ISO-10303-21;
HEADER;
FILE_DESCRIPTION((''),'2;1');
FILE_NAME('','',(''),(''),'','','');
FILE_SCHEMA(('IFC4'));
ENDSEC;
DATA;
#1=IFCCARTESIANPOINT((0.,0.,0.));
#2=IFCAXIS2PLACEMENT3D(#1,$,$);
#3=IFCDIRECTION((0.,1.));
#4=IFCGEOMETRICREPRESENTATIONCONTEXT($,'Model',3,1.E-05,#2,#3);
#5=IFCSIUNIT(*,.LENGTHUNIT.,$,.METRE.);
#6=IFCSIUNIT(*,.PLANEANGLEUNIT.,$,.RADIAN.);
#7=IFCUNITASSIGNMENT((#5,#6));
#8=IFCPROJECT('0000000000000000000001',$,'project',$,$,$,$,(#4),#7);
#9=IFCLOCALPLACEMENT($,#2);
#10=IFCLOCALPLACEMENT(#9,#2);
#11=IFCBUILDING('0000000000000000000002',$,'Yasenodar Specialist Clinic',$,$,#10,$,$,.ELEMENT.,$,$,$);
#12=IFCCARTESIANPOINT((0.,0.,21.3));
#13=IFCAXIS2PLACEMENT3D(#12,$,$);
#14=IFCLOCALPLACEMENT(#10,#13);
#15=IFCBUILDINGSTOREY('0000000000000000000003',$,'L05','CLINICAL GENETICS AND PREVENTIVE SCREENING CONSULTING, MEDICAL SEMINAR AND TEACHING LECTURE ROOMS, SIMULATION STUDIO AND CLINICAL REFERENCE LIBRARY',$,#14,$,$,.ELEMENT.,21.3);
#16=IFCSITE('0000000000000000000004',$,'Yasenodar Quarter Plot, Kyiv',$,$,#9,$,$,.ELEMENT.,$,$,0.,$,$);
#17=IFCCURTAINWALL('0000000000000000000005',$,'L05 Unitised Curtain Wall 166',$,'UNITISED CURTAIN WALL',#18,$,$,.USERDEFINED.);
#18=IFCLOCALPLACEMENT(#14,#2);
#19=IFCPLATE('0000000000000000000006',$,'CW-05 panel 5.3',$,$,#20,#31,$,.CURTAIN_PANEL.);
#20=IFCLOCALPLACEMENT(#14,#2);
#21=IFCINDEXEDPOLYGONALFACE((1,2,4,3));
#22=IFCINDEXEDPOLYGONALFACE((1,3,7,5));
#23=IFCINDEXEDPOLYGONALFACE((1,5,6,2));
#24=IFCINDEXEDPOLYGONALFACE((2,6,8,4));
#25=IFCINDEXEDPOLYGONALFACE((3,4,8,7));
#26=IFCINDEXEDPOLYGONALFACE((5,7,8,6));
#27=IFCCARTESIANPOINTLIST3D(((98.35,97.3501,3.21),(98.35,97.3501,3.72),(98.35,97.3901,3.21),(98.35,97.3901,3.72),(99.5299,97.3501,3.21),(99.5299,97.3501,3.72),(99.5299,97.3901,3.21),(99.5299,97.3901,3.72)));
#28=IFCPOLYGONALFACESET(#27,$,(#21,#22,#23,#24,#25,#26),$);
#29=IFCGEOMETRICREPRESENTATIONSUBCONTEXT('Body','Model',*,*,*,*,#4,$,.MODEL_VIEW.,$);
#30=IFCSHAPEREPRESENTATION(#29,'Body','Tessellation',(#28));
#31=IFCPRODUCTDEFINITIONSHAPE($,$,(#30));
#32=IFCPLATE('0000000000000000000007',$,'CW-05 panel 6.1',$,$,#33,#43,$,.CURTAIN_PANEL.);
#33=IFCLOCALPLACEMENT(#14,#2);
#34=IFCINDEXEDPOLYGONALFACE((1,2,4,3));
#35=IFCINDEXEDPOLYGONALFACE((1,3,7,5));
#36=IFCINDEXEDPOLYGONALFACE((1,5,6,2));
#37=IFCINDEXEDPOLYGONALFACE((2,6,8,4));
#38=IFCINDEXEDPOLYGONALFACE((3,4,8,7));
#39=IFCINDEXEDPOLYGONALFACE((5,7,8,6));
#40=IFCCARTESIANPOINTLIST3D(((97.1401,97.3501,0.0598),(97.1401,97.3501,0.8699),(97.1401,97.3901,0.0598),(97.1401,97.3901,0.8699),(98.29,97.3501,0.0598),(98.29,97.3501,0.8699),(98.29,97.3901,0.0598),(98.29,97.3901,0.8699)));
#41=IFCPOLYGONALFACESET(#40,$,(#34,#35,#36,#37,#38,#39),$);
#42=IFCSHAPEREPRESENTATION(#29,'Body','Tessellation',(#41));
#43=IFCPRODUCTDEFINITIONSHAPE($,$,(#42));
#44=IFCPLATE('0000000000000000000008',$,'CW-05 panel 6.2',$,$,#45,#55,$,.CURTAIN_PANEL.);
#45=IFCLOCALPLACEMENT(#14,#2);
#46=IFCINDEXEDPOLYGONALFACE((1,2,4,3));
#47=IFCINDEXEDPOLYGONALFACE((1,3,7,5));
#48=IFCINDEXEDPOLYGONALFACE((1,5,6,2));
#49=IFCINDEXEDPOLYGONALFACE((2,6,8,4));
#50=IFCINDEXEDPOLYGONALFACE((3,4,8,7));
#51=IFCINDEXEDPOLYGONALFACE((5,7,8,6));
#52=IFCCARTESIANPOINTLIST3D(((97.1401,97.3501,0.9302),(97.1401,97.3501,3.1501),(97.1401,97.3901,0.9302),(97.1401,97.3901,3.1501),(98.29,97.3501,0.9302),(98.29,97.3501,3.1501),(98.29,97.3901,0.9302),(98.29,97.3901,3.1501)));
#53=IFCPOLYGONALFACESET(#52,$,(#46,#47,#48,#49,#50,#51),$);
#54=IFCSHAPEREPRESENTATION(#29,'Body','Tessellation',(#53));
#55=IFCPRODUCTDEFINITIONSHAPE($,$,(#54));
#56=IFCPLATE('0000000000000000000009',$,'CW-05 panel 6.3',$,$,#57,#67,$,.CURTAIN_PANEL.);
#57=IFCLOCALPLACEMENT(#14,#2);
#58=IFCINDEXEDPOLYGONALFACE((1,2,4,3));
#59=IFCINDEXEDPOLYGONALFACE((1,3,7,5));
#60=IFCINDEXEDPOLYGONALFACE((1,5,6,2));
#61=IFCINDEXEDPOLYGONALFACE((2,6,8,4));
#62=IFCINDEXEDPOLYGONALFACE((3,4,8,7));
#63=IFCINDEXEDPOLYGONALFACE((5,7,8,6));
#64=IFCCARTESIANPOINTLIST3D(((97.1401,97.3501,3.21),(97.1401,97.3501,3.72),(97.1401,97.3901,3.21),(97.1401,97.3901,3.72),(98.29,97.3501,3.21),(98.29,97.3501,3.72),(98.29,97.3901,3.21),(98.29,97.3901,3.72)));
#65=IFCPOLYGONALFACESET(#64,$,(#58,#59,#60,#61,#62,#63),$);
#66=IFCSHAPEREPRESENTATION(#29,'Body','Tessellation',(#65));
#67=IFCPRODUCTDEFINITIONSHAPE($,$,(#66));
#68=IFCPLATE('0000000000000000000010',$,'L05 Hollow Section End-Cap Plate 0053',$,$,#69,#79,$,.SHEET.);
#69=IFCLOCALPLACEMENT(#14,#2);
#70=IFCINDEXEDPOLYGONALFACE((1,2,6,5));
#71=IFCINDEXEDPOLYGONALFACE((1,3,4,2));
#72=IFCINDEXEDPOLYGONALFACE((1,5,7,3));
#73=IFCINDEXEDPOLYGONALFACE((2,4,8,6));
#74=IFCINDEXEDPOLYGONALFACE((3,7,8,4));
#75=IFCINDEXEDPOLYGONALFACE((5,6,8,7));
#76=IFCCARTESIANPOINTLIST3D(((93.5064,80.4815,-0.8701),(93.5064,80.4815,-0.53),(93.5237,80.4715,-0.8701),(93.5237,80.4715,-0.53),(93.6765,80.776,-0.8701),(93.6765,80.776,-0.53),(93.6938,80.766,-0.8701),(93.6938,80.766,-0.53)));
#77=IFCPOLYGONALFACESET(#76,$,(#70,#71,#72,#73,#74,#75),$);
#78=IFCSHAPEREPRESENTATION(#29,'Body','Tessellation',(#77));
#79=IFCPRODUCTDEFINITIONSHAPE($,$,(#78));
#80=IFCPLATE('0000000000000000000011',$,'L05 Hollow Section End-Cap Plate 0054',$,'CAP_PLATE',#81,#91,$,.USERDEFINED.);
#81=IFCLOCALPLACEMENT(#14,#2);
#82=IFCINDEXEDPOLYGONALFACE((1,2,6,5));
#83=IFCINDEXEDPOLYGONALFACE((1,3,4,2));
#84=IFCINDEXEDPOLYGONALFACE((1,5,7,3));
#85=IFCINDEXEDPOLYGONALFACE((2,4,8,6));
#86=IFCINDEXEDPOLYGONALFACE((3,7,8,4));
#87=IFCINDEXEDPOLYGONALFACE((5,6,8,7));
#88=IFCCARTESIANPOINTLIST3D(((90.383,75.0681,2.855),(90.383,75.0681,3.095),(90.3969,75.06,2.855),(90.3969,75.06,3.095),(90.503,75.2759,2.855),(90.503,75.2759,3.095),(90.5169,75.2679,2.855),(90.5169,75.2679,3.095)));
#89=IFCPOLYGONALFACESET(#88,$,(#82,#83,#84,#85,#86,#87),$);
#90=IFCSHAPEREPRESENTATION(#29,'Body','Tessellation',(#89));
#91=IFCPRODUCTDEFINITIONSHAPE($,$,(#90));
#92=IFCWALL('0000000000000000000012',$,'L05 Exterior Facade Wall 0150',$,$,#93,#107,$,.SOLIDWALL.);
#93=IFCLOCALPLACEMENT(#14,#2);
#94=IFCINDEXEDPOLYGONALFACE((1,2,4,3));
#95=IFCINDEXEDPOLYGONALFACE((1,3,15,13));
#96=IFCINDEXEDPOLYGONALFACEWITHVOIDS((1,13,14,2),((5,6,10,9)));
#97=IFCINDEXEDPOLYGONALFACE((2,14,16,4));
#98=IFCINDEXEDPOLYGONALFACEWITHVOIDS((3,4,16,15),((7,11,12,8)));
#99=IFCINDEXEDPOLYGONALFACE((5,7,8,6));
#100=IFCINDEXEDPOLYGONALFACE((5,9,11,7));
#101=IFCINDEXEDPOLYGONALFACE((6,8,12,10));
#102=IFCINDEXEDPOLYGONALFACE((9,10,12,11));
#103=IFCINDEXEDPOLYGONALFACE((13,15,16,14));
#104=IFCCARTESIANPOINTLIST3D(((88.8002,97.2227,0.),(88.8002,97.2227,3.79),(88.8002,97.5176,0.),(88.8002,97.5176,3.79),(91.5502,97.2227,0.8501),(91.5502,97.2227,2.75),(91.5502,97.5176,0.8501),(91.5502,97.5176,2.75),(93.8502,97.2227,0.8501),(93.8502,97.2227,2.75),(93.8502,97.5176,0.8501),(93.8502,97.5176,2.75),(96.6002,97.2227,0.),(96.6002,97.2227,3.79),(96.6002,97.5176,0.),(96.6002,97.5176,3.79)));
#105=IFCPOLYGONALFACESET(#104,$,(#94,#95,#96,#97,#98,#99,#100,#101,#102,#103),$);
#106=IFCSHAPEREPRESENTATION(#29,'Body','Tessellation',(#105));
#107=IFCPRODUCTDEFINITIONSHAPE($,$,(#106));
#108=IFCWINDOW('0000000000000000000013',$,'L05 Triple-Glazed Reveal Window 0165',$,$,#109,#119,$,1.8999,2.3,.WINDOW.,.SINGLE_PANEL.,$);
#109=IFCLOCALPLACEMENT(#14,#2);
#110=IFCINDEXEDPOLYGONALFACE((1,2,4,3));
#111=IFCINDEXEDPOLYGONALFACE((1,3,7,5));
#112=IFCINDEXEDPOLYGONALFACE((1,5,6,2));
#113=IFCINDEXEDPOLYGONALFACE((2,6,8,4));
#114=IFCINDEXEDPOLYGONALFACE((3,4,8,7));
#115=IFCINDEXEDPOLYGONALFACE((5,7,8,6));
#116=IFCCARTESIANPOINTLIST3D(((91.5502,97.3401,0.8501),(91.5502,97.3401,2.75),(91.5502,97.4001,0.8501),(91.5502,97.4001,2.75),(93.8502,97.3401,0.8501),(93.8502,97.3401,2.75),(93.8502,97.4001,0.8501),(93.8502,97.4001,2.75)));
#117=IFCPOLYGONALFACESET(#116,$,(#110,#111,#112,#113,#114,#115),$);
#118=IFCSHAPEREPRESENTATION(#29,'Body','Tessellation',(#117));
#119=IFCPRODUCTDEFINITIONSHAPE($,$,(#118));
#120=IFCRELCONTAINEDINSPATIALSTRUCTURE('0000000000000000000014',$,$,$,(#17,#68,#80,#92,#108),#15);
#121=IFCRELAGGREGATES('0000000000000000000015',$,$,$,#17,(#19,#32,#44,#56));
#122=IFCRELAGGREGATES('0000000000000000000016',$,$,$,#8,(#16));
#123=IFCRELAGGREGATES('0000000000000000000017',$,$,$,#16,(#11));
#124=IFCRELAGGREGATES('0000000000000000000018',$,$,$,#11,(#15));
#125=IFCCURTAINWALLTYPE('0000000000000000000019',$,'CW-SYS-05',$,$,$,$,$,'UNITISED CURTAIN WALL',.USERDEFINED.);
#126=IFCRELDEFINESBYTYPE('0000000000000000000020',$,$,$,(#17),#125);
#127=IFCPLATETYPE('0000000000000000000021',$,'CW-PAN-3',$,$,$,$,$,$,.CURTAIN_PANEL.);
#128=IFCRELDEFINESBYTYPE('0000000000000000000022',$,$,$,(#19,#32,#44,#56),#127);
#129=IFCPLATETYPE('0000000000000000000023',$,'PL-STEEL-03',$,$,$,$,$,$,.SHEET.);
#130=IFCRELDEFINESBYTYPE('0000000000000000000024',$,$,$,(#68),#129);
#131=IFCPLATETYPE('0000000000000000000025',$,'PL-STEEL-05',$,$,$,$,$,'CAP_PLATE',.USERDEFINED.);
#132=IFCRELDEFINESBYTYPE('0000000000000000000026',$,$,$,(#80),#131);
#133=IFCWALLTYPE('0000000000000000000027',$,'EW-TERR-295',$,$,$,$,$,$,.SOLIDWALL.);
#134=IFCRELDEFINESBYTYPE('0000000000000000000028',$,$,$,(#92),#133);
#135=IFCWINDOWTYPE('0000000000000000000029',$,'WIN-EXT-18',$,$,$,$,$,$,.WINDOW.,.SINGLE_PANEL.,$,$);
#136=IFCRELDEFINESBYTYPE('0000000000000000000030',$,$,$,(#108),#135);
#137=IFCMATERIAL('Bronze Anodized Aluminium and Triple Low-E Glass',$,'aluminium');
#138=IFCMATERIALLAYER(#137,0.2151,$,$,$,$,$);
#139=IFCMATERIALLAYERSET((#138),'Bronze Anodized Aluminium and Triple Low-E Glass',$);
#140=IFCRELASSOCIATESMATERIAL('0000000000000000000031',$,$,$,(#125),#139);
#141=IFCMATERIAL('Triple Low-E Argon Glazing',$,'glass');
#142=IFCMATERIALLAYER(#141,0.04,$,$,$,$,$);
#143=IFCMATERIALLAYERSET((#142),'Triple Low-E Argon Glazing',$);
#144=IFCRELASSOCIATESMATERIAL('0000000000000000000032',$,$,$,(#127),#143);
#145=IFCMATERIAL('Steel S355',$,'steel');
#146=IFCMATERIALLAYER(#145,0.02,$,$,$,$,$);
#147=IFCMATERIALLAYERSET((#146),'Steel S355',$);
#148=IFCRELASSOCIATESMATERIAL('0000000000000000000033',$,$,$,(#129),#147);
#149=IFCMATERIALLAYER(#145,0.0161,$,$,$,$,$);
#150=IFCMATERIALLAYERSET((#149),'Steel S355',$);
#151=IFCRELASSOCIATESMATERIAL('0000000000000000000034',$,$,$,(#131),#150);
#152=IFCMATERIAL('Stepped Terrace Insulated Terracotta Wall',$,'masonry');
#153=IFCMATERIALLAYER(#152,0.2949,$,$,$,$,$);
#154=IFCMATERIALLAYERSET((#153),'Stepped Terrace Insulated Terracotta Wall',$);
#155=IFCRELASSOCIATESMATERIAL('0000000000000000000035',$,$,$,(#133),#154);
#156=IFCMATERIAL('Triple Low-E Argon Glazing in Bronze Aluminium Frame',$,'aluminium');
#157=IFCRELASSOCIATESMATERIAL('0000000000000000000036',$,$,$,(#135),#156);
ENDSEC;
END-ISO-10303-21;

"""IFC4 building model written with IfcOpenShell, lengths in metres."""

from ifc_helpers import new_model, si_unit, direction, frame, frame_2d, origin, origin_2d, place, context, subcontext, project, spatial, rectangle, extrude, material, layer, layer_set, type_object, element, fill, aggregate, save


model = new_model("IFC4")

# Units and contexts
model_context = context("Model", 3, precision=1e-05, world=origin(), true_north=direction((0.0, 1.0)))
body_context = subcontext(model_context, "Body", "Model", "MODEL_VIEW")
ifc_project = project(units=[si_unit("LENGTHUNIT", "METRE"), si_unit("PLANEANGLEUNIT", "RADIAN")], contexts=[model_context])

# Site, building, storey
site_placement = place(None, origin())
site = spatial("IfcSite", under=ifc_project, at=site_placement, Name="Yasenodar Quarter Plot, Kyiv", CompositionType="ELEMENT", RefElevation=0.0)
building_placement = place(site_placement, origin())
building = spatial("IfcBuilding", under=site, at=building_placement, Name="Yasenodar Specialist Clinic", CompositionType="ELEMENT")
storey_placement = place(building_placement, frame((0.0, 0.0, 21.3)))
storey = spatial("IfcBuildingStorey", under=building, at=storey_placement, Name="L05", Description="CLINICAL GENETICS AND PREVENTIVE SCREENING CONSULTING, MEDICAL SEMINAR AND TEACHING LECTURE ROOMS, SIMULATION STUDIO AND CLINICAL REFERENCE LIBRARY", CompositionType="ELEMENT", Elevation=21.3)

# Curtain wall
ifc_material_1 = material(Name="Bronze Anodized Aluminium and Triple Low-E Glass", Category="aluminium")
ifc_layer_1 = layer(ifc_material_1, 0.2151)
ifc_layer_set_1 = layer_set([ifc_layer_1], Name="Bronze Anodized Aluminium and Triple Low-E Glass")
curtain_wall_type = type_object("IfcCurtainWallType", Name="CW-SYS-05", ElementType="UNITISED CURTAIN WALL", PredefinedType="USERDEFINED", material=ifc_layer_set_1)
curtain_wall_placement = place(storey_placement, origin())
curtain_wall = element("IfcCurtainWall", 1, at=curtain_wall_placement, inside=storey, type_object=curtain_wall_type, Name="L05 Unitised Curtain Wall 166", ObjectType="UNITISED CURTAIN WALL", PredefinedType="USERDEFINED")

# Shared definitions
ifc_material_2 = material(Name="Steel S355", Category="steel")

# Plates
ifc_material_3 = material(Name="Triple Low-E Argon Glazing", Category="glass")
ifc_layer_2 = layer(ifc_material_3, 0.04)
ifc_layer_set_2 = layer_set([ifc_layer_2], Name="Triple Low-E Argon Glazing")
plate_type_1 = type_object("IfcPlateType", Name="CW-PAN-3", PredefinedType="CURTAIN_PANEL", material=ifc_layer_set_2)
plate_1_placement = place(storey_placement, frame((98.9399, 97.3701, 3.21), z_axis=(0.0, 0.0, 1.0), x_axis=(-1.0, 0.0, 0.0)))
plate_1 = element("IfcPlate", 2, at=plate_1_placement, type_object=plate_type_1, Name="CW-05 panel 5.3", PredefinedType="CURTAIN_PANEL", context=body_context, shape_type="SweptSolid", body=[
    extrude(rectangle(XDim=1.1799, YDim=0.04, at=origin_2d()), origin(), (0.0, 0.0, 1.0), 0.51),
])
plate_2_placement = place(storey_placement, frame((97.7151, 97.3701, 0.0598), z_axis=(0.0, 0.0, 1.0), x_axis=(-1.0, 0.0, 0.0)))
plate_2 = element("IfcPlate", 3, at=plate_2_placement, type_object=plate_type_1, Name="CW-05 panel 6.1", PredefinedType="CURTAIN_PANEL", context=body_context, shape_type="SweptSolid", body=[
    extrude(rectangle(XDim=1.1499, YDim=0.04, at=origin_2d()), origin(), (0.0, 0.0, 1.0), 0.8101),
])
plate_3_placement = place(storey_placement, frame((97.7151, 97.3701, 0.9302), z_axis=(0.0, 0.0, 1.0), x_axis=(-1.0, 0.0, 0.0)))
plate_3 = element("IfcPlate", 4, at=plate_3_placement, type_object=plate_type_1, Name="CW-05 panel 6.2", PredefinedType="CURTAIN_PANEL", context=body_context, shape_type="SweptSolid", body=[
    extrude(rectangle(XDim=1.1499, YDim=0.04, at=origin_2d()), origin(), (0.0, 0.0, 1.0), 2.22),
])
plate_4_placement = place(storey_placement, frame((97.7151, 97.3701, 3.21), z_axis=(0.0, 0.0, 1.0), x_axis=(-1.0, 0.0, 0.0)))
plate_4 = element("IfcPlate", 5, at=plate_4_placement, type_object=plate_type_1, Name="CW-05 panel 6.3", PredefinedType="CURTAIN_PANEL", context=body_context, shape_type="SweptSolid", body=[
    extrude(rectangle(XDim=1.1499, YDim=0.04, at=origin_2d()), origin(), (0.0, 0.0, 1.0), 0.51),
])
aggregate(curtain_wall, [plate_1, plate_2, plate_3, plate_4])

# Plates
ifc_layer_3 = layer(ifc_material_2, 0.02)
ifc_layer_set_3 = layer_set([ifc_layer_3], Name="Steel S355")
plate_type_2 = type_object("IfcPlateType", Name="PL-STEEL-03", PredefinedType="SHEET", material=ifc_layer_set_3)
plate_5_placement = place(storey_placement, frame((93.6001, 80.6238, -0.8701), z_axis=(0.0, 0.0, 1.0), x_axis=(0.5, 0.866025, 0.0)))
element("IfcPlate", 6, at=plate_5_placement, inside=storey, type_object=plate_type_2, Name="L05 Hollow Section End-Cap Plate 0053", PredefinedType="SHEET", context=body_context, shape_type="SweptSolid", body=[
    extrude(rectangle(XDim=0.3401, YDim=0.02, at=origin_2d()), origin(), (0.0, 0.0, 1.0), 0.3401),
])
ifc_layer_4 = layer(ifc_material_2, 0.0161)
ifc_layer_set_4 = layer_set([ifc_layer_4], Name="Steel S355")
plate_type_3 = type_object("IfcPlateType", Name="PL-STEEL-05", ElementType="CAP_PLATE", PredefinedType="USERDEFINED", material=ifc_layer_set_4)
plate_6_placement = place(storey_placement, frame((90.45, 75.168, 2.855), z_axis=(0.0, 0.0, 1.0), x_axis=(0.5, 0.866025, 0.0)))
element("IfcPlate", 7, at=plate_6_placement, inside=storey, type_object=plate_type_3, Name="L05 Hollow Section End-Cap Plate 0054", ObjectType="CAP_PLATE", PredefinedType="USERDEFINED", context=body_context, shape_type="SweptSolid", body=[
    extrude(rectangle(XDim=0.24, YDim=0.0161, at=origin_2d()), origin(), (0.0, 0.0, 1.0), 0.24),
])

# Wall, opening, window
ifc_material_4 = material(Name="Stepped Terrace Insulated Terracotta Wall", Category="masonry")
ifc_layer_5 = layer(ifc_material_4, 0.2949)
ifc_layer_set_5 = layer_set([ifc_layer_5], Name="Stepped Terrace Insulated Terracotta Wall")
wall_type = type_object("IfcWallType", Name="EW-TERR-295", PredefinedType="SOLIDWALL", material=ifc_layer_set_5)
wall_placement = place(storey_placement, frame((96.6001, 97.3701, 0.0), z_axis=(0.0, 0.0, 1.0), x_axis=(-1.0, 0.0, 0.0)))
wall = element("IfcWall", 8, at=wall_placement, inside=storey, type_object=wall_type, Name="L05 Exterior Facade Wall 0150", PredefinedType="SOLIDWALL", context=body_context, shape_type="SweptSolid", body=[
    extrude(rectangle(XDim=7.8, YDim=0.2949, at=frame_2d((3.8999, 0.0))), origin(), (0.0, 0.0, 1.0), 3.79),
])
opening_placement = place(wall_placement, frame((2.75, 0.0, 0.8501)))
opening = element("IfcOpeningElement", 9, at=opening_placement, cuts=wall, PredefinedType="OPENING", context=body_context, shape_type="SweptSolid", body=[
    extrude(rectangle(XDim=2.3, YDim=1.8999, at=frame_2d((1.1499, 0.95))), frame((0.0, 0.1575, 0.0), z_axis=(0.0, -1.0, 0.0), x_axis=(1.0, 0.0, 0.0)), (0.0, 0.0, 1.0), 0.3149),
])
ifc_material_5 = material(Name="Triple Low-E Argon Glazing in Bronze Aluminium Frame", Category="aluminium")
window_type = type_object("IfcWindowType", Name="WIN-EXT-18", PartitioningType="SINGLE_PANEL", PredefinedType="WINDOW", material=ifc_material_5)
window_placement = place(opening_placement, origin())
window = element("IfcWindow", 10, at=window_placement, inside=storey, type_object=window_type, Name="L05 Triple-Glazed Reveal Window 0165", OverallHeight=1.8999, OverallWidth=2.3, PartitioningType="SINGLE_PANEL", PredefinedType="WINDOW", context=body_context, shape_type="SweptSolid", body=[
    extrude(rectangle(XDim=2.3, YDim=1.8999, at=frame_2d((1.1499, 0.95))), frame((0.0, 0.03, 0.0), z_axis=(0.0, -1.0, 0.0), x_axis=(1.0, 0.0, 0.0)), (0.0, 0.0, 1.0), 0.0601),
])
fill(opening, window)

save(model, "model.ifc")
